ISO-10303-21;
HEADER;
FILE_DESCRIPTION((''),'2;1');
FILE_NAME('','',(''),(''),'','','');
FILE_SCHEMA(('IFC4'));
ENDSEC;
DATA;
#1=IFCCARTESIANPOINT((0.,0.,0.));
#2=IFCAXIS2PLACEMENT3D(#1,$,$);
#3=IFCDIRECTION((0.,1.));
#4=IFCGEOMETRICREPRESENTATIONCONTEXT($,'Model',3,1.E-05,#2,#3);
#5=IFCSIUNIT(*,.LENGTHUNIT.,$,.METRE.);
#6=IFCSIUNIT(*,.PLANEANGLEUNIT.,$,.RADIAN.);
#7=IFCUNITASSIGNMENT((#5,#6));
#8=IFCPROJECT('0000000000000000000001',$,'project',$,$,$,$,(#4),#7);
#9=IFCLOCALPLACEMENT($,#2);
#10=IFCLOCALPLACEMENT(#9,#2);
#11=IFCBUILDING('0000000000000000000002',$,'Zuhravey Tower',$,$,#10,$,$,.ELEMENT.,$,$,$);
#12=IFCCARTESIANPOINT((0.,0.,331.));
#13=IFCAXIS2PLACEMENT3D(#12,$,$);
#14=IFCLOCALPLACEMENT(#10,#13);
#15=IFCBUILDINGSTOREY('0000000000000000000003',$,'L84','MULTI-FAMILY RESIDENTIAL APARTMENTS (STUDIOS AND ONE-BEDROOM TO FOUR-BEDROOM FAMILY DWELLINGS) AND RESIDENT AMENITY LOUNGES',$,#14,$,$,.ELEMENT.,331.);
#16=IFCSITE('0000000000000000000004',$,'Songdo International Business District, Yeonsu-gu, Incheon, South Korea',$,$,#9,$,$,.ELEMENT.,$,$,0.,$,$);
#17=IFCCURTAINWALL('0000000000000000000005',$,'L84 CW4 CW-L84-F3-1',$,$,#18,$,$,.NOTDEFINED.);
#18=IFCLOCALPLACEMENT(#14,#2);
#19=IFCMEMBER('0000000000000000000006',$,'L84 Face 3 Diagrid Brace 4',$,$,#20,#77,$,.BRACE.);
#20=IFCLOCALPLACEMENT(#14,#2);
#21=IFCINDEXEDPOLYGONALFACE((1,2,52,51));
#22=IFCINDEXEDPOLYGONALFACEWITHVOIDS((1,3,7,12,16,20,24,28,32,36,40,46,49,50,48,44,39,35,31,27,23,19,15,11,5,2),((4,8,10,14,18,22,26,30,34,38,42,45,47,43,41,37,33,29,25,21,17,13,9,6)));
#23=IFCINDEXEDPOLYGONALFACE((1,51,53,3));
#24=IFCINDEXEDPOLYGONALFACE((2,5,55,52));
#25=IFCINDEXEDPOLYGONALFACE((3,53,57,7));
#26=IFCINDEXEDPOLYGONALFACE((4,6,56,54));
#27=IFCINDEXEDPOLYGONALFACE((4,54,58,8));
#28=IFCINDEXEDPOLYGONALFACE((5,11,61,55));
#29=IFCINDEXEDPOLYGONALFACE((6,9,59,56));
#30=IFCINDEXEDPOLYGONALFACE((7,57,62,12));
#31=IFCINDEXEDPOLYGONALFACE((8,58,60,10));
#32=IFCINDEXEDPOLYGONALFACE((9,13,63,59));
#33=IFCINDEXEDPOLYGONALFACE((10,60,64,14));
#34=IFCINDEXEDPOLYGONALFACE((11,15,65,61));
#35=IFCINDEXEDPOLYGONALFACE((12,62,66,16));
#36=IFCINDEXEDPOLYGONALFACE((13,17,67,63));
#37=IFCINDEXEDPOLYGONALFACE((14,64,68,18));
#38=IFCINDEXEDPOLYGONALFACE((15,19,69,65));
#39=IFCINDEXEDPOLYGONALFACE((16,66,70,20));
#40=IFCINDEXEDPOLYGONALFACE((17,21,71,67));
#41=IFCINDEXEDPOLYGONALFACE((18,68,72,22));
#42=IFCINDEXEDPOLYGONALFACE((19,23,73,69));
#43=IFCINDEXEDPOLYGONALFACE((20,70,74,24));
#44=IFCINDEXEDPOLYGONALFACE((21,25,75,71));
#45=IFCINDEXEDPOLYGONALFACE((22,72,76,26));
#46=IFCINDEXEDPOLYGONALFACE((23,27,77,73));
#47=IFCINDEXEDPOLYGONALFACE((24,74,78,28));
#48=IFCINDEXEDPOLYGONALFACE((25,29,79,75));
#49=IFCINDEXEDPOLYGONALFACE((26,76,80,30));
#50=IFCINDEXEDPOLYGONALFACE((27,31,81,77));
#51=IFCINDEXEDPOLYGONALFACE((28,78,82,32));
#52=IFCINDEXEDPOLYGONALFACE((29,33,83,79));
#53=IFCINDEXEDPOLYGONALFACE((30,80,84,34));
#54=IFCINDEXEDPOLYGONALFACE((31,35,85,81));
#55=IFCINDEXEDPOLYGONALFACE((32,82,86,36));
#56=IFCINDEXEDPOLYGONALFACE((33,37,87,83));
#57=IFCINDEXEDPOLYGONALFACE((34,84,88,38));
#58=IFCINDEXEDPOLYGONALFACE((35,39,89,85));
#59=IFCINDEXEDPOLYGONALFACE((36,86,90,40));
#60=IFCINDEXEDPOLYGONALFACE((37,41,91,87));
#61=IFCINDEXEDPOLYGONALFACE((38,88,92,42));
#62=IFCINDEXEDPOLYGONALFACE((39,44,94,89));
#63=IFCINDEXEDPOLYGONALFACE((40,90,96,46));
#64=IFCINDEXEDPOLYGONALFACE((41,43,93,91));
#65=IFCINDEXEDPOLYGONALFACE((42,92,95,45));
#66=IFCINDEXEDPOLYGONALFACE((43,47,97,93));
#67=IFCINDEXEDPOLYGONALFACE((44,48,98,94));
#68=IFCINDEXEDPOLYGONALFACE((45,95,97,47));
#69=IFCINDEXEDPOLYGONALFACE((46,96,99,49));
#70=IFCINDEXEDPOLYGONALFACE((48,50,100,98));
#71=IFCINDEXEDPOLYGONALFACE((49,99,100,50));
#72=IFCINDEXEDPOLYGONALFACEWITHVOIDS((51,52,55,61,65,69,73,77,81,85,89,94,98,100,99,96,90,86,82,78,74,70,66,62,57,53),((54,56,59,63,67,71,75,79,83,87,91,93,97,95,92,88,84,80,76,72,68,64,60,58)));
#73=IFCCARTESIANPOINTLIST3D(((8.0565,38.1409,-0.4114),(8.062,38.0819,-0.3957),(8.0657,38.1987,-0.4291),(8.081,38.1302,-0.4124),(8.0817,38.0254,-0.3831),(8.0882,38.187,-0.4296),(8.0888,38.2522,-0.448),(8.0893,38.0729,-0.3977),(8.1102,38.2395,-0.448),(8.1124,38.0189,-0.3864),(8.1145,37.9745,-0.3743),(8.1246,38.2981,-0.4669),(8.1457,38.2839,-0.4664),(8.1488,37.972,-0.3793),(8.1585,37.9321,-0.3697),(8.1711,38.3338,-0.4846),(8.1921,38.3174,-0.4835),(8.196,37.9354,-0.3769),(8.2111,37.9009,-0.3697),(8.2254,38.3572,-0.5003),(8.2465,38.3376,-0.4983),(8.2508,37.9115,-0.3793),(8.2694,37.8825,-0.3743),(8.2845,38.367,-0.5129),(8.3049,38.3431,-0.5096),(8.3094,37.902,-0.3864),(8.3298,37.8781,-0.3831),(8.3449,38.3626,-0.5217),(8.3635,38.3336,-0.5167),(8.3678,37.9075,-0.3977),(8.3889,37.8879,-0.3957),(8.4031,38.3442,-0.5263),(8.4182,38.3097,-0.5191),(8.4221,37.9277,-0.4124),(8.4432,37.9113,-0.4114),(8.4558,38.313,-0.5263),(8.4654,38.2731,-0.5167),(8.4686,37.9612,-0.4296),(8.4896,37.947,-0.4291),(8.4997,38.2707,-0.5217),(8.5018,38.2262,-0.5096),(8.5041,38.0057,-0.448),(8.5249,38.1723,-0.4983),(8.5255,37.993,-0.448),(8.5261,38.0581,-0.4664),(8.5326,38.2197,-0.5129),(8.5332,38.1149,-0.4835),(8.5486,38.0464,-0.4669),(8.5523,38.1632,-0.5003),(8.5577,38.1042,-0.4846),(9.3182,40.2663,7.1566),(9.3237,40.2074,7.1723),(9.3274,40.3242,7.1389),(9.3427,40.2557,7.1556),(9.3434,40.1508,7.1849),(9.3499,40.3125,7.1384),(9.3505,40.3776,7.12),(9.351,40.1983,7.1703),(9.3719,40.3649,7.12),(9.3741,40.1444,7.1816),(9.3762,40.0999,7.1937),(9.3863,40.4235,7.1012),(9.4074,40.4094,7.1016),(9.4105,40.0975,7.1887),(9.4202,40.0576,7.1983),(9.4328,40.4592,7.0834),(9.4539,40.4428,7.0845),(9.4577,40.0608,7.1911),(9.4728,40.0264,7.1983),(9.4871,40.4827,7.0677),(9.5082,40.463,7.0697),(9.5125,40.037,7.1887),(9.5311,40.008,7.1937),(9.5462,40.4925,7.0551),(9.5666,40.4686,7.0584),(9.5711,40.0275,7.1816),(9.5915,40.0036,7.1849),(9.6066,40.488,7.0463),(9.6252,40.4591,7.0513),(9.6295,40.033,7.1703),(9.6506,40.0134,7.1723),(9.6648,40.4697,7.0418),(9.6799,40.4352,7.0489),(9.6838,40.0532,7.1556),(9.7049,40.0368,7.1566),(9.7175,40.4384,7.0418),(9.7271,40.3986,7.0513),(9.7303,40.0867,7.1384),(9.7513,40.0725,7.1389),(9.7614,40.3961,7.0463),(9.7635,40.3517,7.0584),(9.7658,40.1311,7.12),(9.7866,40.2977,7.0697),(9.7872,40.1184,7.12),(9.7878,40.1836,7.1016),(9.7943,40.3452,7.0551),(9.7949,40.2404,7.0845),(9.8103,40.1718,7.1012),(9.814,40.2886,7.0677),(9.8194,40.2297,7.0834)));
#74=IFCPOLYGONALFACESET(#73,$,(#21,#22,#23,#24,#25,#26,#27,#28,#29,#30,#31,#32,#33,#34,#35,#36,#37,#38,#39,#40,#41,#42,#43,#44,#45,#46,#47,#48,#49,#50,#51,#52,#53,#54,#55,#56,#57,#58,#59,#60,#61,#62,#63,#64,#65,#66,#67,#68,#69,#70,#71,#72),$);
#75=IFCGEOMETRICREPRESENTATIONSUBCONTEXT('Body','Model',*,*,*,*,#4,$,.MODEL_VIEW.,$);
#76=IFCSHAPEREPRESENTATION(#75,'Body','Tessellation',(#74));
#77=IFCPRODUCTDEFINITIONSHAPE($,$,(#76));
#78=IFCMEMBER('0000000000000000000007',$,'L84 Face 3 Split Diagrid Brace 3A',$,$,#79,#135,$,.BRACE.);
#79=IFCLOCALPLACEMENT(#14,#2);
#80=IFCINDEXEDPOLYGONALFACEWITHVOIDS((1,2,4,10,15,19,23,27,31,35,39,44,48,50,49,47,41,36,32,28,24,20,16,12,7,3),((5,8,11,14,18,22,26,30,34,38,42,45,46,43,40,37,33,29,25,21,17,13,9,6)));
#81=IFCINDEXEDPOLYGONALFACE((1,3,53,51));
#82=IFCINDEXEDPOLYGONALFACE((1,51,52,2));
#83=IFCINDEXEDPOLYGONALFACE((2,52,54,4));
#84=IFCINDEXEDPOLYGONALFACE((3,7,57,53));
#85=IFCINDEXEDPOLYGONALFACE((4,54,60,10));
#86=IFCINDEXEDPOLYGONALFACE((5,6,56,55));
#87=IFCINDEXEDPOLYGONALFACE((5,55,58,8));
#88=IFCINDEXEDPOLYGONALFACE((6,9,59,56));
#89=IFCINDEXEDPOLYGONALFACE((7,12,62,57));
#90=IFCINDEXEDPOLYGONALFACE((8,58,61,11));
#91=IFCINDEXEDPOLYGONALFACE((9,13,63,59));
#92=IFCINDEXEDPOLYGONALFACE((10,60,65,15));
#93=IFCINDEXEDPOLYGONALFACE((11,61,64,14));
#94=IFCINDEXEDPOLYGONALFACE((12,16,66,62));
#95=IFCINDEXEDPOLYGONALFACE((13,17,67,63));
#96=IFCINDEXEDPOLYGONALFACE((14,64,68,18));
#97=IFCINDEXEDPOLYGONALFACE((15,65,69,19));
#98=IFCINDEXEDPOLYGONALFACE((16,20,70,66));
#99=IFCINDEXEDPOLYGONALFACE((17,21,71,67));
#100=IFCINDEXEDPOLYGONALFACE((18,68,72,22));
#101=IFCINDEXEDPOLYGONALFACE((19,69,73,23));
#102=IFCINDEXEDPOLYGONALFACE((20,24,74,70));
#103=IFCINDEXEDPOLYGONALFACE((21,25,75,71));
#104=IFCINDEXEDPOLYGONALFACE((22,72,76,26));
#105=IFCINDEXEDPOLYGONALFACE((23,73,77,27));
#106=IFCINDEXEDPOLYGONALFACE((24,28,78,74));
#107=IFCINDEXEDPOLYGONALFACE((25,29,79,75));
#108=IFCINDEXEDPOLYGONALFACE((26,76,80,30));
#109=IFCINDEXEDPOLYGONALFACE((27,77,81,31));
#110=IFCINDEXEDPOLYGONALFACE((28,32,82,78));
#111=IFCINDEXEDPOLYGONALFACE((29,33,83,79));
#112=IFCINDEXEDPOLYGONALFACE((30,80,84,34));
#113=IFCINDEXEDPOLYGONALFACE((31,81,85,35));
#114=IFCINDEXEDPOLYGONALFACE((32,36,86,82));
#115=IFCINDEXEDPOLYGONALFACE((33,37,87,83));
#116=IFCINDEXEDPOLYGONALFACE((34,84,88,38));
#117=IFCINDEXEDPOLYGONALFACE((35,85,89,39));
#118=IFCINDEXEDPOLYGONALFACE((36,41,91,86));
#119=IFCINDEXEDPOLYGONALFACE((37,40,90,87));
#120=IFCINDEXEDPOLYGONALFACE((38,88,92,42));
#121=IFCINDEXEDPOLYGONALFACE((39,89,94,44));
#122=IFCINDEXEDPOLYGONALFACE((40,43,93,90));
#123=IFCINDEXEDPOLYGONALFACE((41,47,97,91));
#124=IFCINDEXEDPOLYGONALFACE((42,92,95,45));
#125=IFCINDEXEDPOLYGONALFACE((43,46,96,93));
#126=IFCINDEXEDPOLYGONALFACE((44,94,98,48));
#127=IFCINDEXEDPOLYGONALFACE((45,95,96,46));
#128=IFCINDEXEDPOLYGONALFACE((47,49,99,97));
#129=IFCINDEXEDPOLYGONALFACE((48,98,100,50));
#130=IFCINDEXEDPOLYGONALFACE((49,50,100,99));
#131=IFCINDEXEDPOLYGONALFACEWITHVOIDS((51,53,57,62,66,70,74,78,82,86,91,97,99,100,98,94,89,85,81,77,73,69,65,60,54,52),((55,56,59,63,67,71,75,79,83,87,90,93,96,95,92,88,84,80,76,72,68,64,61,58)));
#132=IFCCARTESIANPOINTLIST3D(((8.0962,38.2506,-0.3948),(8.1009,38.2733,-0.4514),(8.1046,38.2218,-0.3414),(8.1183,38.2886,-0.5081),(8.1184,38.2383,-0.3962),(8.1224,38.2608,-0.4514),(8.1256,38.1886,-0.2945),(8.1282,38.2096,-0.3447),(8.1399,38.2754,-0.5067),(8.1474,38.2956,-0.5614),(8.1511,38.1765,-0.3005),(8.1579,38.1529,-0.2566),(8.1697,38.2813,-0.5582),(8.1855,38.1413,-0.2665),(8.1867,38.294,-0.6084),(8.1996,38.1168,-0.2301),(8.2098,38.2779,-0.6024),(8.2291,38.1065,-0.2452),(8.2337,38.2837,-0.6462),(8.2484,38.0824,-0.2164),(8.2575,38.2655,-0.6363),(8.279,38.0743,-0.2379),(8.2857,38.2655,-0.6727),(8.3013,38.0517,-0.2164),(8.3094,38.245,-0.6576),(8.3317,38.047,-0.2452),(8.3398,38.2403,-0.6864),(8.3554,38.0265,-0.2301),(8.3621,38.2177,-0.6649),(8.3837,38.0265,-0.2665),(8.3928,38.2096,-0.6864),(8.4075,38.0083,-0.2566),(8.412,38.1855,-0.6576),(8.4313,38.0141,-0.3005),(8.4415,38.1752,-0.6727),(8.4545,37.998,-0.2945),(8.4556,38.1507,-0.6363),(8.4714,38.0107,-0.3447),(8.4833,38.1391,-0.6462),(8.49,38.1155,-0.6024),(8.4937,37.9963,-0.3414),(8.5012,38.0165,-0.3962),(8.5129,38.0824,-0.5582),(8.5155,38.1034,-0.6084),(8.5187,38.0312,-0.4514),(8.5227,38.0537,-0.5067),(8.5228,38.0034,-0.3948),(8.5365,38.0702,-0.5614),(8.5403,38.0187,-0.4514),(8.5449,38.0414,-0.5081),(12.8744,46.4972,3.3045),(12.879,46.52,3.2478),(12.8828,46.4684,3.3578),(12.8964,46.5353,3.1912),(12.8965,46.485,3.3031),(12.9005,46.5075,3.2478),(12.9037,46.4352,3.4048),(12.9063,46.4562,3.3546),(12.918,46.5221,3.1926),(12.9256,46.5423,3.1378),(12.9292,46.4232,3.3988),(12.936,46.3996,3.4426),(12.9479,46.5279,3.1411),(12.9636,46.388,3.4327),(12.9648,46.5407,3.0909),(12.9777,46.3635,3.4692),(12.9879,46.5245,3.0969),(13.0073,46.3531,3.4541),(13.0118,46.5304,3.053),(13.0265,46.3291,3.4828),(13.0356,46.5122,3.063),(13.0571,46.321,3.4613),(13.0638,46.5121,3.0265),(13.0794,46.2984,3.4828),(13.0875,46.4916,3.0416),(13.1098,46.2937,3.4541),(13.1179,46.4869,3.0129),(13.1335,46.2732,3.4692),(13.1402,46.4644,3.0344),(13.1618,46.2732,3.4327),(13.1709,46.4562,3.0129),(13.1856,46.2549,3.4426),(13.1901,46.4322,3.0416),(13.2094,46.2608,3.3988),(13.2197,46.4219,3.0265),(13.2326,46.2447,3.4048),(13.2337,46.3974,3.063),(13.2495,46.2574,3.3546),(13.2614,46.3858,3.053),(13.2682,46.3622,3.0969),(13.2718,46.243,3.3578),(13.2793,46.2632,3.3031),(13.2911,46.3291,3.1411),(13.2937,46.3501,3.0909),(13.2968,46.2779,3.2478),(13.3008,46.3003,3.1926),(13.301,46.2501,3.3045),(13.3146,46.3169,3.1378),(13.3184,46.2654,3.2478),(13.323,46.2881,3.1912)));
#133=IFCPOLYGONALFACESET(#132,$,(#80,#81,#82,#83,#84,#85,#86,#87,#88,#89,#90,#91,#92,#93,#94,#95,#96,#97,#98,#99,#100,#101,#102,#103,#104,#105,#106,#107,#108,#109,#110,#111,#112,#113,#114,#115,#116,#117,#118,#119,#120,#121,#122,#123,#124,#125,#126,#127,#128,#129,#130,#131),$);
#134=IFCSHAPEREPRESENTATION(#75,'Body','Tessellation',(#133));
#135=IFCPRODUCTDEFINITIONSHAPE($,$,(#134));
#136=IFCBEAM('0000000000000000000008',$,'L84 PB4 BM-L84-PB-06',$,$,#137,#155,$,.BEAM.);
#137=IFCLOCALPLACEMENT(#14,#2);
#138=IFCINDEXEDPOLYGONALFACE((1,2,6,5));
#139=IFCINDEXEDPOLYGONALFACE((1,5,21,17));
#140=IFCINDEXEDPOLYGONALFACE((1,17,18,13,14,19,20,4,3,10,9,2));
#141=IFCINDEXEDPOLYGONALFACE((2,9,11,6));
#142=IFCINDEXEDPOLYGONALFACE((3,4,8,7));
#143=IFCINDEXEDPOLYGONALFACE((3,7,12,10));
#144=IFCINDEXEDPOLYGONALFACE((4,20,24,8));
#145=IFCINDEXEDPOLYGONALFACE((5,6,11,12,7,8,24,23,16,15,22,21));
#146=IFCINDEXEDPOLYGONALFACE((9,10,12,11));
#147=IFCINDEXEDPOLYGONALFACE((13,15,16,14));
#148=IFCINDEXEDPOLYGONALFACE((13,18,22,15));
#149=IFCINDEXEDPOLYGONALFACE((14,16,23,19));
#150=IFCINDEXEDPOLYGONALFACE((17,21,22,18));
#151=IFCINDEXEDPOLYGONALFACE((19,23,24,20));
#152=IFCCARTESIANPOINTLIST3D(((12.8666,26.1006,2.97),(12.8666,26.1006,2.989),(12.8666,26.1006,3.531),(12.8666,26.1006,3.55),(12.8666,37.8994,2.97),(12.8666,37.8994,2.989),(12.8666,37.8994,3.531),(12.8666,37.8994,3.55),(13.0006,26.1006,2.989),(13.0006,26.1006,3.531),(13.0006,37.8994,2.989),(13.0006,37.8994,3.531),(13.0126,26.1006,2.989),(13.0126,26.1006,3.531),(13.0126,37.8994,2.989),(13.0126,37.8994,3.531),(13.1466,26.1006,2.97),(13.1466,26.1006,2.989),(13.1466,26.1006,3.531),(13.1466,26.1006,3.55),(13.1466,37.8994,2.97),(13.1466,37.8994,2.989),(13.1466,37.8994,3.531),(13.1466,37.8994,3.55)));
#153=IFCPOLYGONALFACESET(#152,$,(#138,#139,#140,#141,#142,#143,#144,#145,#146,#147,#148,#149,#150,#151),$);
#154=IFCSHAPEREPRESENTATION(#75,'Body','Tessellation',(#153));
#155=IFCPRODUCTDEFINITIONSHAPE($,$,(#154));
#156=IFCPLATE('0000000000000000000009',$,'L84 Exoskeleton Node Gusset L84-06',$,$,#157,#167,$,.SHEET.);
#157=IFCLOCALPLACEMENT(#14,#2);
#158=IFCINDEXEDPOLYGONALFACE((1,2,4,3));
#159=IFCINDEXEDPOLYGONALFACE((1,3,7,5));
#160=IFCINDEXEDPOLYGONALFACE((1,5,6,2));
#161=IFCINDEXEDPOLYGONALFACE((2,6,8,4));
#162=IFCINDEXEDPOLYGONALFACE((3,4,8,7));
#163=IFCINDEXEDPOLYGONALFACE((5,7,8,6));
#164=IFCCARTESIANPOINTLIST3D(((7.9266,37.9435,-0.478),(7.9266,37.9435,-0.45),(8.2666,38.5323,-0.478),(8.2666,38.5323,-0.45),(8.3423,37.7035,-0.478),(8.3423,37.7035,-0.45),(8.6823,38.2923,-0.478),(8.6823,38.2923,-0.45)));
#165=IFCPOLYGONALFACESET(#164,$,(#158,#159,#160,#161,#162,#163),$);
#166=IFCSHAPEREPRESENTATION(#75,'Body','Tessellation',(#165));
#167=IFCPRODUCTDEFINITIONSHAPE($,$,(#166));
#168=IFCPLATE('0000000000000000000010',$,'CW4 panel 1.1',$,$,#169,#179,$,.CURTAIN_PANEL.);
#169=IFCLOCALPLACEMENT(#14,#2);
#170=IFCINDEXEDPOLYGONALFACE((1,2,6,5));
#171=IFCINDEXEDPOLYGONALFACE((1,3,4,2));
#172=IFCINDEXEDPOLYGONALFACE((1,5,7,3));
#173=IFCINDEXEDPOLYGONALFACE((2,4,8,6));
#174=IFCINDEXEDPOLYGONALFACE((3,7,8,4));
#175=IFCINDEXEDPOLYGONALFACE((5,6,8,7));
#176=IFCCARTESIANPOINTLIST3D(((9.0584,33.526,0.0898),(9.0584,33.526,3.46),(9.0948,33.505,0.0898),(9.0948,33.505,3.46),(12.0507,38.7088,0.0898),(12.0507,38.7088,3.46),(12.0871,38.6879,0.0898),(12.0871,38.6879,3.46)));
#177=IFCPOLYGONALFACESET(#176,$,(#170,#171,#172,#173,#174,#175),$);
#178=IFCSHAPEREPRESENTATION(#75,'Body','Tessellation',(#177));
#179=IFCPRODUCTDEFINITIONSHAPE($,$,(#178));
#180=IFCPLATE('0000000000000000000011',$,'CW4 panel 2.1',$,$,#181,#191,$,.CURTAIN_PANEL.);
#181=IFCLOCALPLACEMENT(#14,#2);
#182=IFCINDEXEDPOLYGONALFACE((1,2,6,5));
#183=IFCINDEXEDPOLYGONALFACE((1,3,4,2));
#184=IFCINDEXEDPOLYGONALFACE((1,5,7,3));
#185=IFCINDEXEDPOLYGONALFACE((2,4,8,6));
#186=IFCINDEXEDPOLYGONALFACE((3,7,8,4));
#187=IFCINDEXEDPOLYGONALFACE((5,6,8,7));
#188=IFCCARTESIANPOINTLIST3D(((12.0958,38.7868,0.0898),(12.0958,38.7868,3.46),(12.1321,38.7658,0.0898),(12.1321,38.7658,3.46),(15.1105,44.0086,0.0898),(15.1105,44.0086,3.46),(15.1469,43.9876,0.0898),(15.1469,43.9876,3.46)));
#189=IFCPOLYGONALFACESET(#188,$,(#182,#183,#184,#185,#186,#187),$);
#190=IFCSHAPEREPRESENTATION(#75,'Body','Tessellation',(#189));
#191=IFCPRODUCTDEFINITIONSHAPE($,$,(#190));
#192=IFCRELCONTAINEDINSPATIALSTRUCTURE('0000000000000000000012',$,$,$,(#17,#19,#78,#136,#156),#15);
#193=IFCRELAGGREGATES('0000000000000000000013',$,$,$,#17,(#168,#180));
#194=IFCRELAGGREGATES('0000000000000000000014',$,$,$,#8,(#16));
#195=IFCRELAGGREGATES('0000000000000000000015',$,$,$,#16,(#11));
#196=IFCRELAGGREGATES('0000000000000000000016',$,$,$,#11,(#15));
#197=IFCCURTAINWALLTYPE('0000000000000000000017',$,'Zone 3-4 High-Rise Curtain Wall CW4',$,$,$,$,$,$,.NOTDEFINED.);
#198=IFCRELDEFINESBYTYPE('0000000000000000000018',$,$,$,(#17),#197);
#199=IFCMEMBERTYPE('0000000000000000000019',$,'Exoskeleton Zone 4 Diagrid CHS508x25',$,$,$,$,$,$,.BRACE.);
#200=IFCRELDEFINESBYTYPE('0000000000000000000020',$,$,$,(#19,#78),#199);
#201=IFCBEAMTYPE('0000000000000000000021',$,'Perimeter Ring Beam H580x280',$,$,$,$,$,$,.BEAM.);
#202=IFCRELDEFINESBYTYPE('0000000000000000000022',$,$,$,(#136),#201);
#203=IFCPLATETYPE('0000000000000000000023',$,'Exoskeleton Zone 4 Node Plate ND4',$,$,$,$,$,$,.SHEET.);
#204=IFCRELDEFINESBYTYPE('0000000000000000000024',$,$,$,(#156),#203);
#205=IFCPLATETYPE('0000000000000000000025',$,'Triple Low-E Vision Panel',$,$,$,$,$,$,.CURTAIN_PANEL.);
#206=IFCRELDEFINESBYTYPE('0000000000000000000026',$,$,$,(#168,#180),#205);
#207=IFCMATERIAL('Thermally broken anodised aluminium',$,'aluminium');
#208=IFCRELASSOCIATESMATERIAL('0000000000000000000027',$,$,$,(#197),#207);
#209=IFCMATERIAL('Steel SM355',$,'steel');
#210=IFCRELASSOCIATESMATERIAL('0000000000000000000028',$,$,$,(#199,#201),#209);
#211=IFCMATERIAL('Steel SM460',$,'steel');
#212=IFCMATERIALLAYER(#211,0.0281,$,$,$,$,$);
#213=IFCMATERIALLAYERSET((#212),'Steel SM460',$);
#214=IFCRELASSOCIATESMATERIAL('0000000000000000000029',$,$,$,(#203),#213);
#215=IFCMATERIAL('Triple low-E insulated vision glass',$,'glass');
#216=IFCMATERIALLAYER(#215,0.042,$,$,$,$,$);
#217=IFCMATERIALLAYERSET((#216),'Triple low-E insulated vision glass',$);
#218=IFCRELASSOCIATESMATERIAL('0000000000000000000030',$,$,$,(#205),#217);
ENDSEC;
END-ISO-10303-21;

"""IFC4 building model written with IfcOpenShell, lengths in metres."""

from ifc_helpers import new_model, si_unit, direction, frame, origin, origin_2d, place, context, subcontext, project, spatial, rectangle, hollow_circle, i_section, extrude, material, layer, layer_set, material_profile, profile_set, type_object, element, aggregate, save


model = new_model("IFC4")

# Units and contexts
model_context = context("Model", 3, precision=1e-05, world=origin(), true_north=direction((0.0, 1.0)))
body_context = subcontext(model_context, "Body", "Model", "MODEL_VIEW")
ifc_project = project(units=[si_unit("LENGTHUNIT", "METRE"), si_unit("PLANEANGLEUNIT", "RADIAN")], contexts=[model_context])

# Site, building, storey
site_placement = place(None, origin())
site = spatial("IfcSite", under=ifc_project, at=site_placement, Name="Songdo International Business District, Yeonsu-gu, Incheon, South Korea", CompositionType="ELEMENT", RefElevation=0.0)
building_placement = place(site_placement, origin())
building = spatial("IfcBuilding", under=site, at=building_placement, Name="Zuhravey Tower", CompositionType="ELEMENT")
storey_placement = place(building_placement, frame((0.0, 0.0, 331.0)))
storey = spatial("IfcBuildingStorey", under=building, at=storey_placement, Name="L84", Description="MULTI-FAMILY RESIDENTIAL APARTMENTS (STUDIOS AND ONE-BEDROOM TO FOUR-BEDROOM FAMILY DWELLINGS) AND RESIDENT AMENITY LOUNGES", CompositionType="ELEMENT", Elevation=331.0)

# Shared definitions
ifc_material_1 = material(Name="Thermally broken anodised aluminium", Category="aluminium")
curtain_wall_type = type_object("IfcCurtainWallType", Name="Zone 3-4 High-Rise Curtain Wall CW4", PredefinedType="NOTDEFINED", material=ifc_material_1)

# Curtain wall
curtain_wall_1_placement = place(storey_placement, origin())
curtain_wall_1 = element("IfcCurtainWall", 1, at=curtain_wall_1_placement, inside=storey, type_object=curtain_wall_type, Name="L84 CW4 CW-L84-F3-1", PredefinedType="NOTDEFINED")

# Members
ifc_material_2 = material(Name="Steel SM355", Category="steel")
ifc_material_profile_1 = material_profile(ifc_material_2, hollow_circle(Radius=0.2539, WallThickness=0.0249, at=origin_2d()), Name="CHS-508.0x25")
ifc_profile_set_1 = profile_set([ifc_material_profile_1], Name="Steel SM355")
member_type_1 = type_object("IfcMemberType", Name="Exoskeleton Zone 4 Diagrid CHS508x25", PredefinedType="BRACE", material=ifc_profile_set_1)
member_1_placement = place(storey_placement, frame((8.3071, 38.1226, -0.448), z_axis=(0.158477, 0.26697, 0.950585), x_axis=(-0.859906, 0.510452, 0.0)))
element("IfcMember", 2, at=member_1_placement, inside=storey, type_object=member_type_1, Name="L84 Face 3 Diagrid Brace 4", PredefinedType="BRACE", context=body_context, shape_type="SweptSolid", body=[
    extrude(hollow_circle(Radius=0.2539, WallThickness=0.0249, at=origin_2d()), origin(), (0.0, 0.0, 1.0), 7.9614),
])
member_2_placement = place(storey_placement, frame((8.3206, 38.146, -0.4514), z_axis=(0.467361, 0.806629, 0.361834), x_axis=(-0.865256, 0.50133, 0.0)))
element("IfcMember", 3, at=member_2_placement, inside=storey, type_object=member_type_1, Name="L84 Face 3 Split Diagrid Brace 3A", PredefinedType="BRACE", context=body_context, shape_type="SweptSolid", body=[
    extrude(hollow_circle(Radius=0.2539, WallThickness=0.0249, at=origin_2d()), origin(), (0.0, 0.0, 1.0), 10.2236),
])

# Beam
ifc_material_profile_2 = material_profile(ifc_material_2, i_section(OverallWidth=0.28, OverallDepth=0.5801, WebThickness=0.012, FlangeThickness=0.019, at=origin_2d()), Name="H-580x280x12x19")
ifc_profile_set_2 = profile_set([ifc_material_profile_2], Name="Steel SM355")
beam_type = type_object("IfcBeamType", Name="Perimeter Ring Beam H580x280", PredefinedType="BEAM", material=ifc_profile_set_2)
beam_placement = place(storey_placement, frame((13.0066, 37.8994, 3.26), z_axis=(0.0, -1.0, 0.0), x_axis=(1.0, 0.0, 0.0)))
element("IfcBeam", 4, at=beam_placement, inside=storey, type_object=beam_type, Name="L84 PB4 BM-L84-PB-06", PredefinedType="BEAM", context=body_context, shape_type="SweptSolid", body=[
    extrude(i_section(OverallWidth=0.28, OverallDepth=0.5801, WebThickness=0.012, FlangeThickness=0.019, at=origin_2d()), origin(), (0.0, 0.0, 1.0), 11.7988),
])

# Plates
ifc_material_3 = material(Name="Steel SM460", Category="steel")
ifc_layer_1 = layer(ifc_material_3, 0.0281)
ifc_layer_set_1 = layer_set([ifc_layer_1], Name="Steel SM460")
plate_type_1 = type_object("IfcPlateType", Name="Exoskeleton Zone 4 Node Plate ND4", PredefinedType="SHEET", material=ifc_layer_set_1)
plate_1_placement = place(storey_placement, frame((8.3044, 38.1179, -0.478), z_axis=(0.0, 0.0, 1.0), x_axis=(-0.5, -0.866025, 0.0)))
element("IfcPlate", 5, at=plate_1_placement, inside=storey, type_object=plate_type_1, Name="L84 Exoskeleton Node Gusset L84-06", PredefinedType="SHEET", context=body_context, shape_type="SweptSolid", body=[
    extrude(rectangle(XDim=0.6799, YDim=0.48, at=origin_2d()), origin(), (0.0, 0.0, 1.0), 0.0281),
])
ifc_material_4 = material(Name="Triple low-E insulated vision glass", Category="glass")
ifc_layer_2 = layer(ifc_material_4, 0.042)
ifc_layer_set_2 = layer_set([ifc_layer_2], Name="Triple low-E insulated vision glass")
plate_type_2 = type_object("IfcPlateType", Name="Triple Low-E Vision Panel", PredefinedType="CURTAIN_PANEL", material=ifc_layer_set_2)
plate_2_placement = place(storey_placement, frame((10.5728, 36.1069, 0.0898), z_axis=(0.0, 0.0, 1.0), x_axis=(0.5, 0.866026, 0.0)))
plate_2 = element("IfcPlate", 6, at=plate_2_placement, type_object=plate_type_2, Name="CW4 panel 1.1", PredefinedType="CURTAIN_PANEL", context=body_context, shape_type="SweptSolid", body=[
    extrude(rectangle(XDim=5.9846, YDim=0.042, at=origin_2d()), origin(), (0.0, 0.0, 1.0), 3.3701),
])
plate_3_placement = place(storey_placement, frame((13.6213, 41.3872, 0.0898), z_axis=(0.0, 0.0, 1.0), x_axis=(0.5, 0.866026, 0.0)))
plate_3 = element("IfcPlate", 7, at=plate_3_placement, type_object=plate_type_2, Name="CW4 panel 2.1", PredefinedType="CURTAIN_PANEL", context=body_context, shape_type="SweptSolid", body=[
    extrude(rectangle(XDim=6.0295, YDim=0.042, at=origin_2d()), origin(), (0.0, 0.0, 1.0), 3.3701),
])
aggregate(curtain_wall_1, [plate_2, plate_3])

save(model, "model.ifc")
